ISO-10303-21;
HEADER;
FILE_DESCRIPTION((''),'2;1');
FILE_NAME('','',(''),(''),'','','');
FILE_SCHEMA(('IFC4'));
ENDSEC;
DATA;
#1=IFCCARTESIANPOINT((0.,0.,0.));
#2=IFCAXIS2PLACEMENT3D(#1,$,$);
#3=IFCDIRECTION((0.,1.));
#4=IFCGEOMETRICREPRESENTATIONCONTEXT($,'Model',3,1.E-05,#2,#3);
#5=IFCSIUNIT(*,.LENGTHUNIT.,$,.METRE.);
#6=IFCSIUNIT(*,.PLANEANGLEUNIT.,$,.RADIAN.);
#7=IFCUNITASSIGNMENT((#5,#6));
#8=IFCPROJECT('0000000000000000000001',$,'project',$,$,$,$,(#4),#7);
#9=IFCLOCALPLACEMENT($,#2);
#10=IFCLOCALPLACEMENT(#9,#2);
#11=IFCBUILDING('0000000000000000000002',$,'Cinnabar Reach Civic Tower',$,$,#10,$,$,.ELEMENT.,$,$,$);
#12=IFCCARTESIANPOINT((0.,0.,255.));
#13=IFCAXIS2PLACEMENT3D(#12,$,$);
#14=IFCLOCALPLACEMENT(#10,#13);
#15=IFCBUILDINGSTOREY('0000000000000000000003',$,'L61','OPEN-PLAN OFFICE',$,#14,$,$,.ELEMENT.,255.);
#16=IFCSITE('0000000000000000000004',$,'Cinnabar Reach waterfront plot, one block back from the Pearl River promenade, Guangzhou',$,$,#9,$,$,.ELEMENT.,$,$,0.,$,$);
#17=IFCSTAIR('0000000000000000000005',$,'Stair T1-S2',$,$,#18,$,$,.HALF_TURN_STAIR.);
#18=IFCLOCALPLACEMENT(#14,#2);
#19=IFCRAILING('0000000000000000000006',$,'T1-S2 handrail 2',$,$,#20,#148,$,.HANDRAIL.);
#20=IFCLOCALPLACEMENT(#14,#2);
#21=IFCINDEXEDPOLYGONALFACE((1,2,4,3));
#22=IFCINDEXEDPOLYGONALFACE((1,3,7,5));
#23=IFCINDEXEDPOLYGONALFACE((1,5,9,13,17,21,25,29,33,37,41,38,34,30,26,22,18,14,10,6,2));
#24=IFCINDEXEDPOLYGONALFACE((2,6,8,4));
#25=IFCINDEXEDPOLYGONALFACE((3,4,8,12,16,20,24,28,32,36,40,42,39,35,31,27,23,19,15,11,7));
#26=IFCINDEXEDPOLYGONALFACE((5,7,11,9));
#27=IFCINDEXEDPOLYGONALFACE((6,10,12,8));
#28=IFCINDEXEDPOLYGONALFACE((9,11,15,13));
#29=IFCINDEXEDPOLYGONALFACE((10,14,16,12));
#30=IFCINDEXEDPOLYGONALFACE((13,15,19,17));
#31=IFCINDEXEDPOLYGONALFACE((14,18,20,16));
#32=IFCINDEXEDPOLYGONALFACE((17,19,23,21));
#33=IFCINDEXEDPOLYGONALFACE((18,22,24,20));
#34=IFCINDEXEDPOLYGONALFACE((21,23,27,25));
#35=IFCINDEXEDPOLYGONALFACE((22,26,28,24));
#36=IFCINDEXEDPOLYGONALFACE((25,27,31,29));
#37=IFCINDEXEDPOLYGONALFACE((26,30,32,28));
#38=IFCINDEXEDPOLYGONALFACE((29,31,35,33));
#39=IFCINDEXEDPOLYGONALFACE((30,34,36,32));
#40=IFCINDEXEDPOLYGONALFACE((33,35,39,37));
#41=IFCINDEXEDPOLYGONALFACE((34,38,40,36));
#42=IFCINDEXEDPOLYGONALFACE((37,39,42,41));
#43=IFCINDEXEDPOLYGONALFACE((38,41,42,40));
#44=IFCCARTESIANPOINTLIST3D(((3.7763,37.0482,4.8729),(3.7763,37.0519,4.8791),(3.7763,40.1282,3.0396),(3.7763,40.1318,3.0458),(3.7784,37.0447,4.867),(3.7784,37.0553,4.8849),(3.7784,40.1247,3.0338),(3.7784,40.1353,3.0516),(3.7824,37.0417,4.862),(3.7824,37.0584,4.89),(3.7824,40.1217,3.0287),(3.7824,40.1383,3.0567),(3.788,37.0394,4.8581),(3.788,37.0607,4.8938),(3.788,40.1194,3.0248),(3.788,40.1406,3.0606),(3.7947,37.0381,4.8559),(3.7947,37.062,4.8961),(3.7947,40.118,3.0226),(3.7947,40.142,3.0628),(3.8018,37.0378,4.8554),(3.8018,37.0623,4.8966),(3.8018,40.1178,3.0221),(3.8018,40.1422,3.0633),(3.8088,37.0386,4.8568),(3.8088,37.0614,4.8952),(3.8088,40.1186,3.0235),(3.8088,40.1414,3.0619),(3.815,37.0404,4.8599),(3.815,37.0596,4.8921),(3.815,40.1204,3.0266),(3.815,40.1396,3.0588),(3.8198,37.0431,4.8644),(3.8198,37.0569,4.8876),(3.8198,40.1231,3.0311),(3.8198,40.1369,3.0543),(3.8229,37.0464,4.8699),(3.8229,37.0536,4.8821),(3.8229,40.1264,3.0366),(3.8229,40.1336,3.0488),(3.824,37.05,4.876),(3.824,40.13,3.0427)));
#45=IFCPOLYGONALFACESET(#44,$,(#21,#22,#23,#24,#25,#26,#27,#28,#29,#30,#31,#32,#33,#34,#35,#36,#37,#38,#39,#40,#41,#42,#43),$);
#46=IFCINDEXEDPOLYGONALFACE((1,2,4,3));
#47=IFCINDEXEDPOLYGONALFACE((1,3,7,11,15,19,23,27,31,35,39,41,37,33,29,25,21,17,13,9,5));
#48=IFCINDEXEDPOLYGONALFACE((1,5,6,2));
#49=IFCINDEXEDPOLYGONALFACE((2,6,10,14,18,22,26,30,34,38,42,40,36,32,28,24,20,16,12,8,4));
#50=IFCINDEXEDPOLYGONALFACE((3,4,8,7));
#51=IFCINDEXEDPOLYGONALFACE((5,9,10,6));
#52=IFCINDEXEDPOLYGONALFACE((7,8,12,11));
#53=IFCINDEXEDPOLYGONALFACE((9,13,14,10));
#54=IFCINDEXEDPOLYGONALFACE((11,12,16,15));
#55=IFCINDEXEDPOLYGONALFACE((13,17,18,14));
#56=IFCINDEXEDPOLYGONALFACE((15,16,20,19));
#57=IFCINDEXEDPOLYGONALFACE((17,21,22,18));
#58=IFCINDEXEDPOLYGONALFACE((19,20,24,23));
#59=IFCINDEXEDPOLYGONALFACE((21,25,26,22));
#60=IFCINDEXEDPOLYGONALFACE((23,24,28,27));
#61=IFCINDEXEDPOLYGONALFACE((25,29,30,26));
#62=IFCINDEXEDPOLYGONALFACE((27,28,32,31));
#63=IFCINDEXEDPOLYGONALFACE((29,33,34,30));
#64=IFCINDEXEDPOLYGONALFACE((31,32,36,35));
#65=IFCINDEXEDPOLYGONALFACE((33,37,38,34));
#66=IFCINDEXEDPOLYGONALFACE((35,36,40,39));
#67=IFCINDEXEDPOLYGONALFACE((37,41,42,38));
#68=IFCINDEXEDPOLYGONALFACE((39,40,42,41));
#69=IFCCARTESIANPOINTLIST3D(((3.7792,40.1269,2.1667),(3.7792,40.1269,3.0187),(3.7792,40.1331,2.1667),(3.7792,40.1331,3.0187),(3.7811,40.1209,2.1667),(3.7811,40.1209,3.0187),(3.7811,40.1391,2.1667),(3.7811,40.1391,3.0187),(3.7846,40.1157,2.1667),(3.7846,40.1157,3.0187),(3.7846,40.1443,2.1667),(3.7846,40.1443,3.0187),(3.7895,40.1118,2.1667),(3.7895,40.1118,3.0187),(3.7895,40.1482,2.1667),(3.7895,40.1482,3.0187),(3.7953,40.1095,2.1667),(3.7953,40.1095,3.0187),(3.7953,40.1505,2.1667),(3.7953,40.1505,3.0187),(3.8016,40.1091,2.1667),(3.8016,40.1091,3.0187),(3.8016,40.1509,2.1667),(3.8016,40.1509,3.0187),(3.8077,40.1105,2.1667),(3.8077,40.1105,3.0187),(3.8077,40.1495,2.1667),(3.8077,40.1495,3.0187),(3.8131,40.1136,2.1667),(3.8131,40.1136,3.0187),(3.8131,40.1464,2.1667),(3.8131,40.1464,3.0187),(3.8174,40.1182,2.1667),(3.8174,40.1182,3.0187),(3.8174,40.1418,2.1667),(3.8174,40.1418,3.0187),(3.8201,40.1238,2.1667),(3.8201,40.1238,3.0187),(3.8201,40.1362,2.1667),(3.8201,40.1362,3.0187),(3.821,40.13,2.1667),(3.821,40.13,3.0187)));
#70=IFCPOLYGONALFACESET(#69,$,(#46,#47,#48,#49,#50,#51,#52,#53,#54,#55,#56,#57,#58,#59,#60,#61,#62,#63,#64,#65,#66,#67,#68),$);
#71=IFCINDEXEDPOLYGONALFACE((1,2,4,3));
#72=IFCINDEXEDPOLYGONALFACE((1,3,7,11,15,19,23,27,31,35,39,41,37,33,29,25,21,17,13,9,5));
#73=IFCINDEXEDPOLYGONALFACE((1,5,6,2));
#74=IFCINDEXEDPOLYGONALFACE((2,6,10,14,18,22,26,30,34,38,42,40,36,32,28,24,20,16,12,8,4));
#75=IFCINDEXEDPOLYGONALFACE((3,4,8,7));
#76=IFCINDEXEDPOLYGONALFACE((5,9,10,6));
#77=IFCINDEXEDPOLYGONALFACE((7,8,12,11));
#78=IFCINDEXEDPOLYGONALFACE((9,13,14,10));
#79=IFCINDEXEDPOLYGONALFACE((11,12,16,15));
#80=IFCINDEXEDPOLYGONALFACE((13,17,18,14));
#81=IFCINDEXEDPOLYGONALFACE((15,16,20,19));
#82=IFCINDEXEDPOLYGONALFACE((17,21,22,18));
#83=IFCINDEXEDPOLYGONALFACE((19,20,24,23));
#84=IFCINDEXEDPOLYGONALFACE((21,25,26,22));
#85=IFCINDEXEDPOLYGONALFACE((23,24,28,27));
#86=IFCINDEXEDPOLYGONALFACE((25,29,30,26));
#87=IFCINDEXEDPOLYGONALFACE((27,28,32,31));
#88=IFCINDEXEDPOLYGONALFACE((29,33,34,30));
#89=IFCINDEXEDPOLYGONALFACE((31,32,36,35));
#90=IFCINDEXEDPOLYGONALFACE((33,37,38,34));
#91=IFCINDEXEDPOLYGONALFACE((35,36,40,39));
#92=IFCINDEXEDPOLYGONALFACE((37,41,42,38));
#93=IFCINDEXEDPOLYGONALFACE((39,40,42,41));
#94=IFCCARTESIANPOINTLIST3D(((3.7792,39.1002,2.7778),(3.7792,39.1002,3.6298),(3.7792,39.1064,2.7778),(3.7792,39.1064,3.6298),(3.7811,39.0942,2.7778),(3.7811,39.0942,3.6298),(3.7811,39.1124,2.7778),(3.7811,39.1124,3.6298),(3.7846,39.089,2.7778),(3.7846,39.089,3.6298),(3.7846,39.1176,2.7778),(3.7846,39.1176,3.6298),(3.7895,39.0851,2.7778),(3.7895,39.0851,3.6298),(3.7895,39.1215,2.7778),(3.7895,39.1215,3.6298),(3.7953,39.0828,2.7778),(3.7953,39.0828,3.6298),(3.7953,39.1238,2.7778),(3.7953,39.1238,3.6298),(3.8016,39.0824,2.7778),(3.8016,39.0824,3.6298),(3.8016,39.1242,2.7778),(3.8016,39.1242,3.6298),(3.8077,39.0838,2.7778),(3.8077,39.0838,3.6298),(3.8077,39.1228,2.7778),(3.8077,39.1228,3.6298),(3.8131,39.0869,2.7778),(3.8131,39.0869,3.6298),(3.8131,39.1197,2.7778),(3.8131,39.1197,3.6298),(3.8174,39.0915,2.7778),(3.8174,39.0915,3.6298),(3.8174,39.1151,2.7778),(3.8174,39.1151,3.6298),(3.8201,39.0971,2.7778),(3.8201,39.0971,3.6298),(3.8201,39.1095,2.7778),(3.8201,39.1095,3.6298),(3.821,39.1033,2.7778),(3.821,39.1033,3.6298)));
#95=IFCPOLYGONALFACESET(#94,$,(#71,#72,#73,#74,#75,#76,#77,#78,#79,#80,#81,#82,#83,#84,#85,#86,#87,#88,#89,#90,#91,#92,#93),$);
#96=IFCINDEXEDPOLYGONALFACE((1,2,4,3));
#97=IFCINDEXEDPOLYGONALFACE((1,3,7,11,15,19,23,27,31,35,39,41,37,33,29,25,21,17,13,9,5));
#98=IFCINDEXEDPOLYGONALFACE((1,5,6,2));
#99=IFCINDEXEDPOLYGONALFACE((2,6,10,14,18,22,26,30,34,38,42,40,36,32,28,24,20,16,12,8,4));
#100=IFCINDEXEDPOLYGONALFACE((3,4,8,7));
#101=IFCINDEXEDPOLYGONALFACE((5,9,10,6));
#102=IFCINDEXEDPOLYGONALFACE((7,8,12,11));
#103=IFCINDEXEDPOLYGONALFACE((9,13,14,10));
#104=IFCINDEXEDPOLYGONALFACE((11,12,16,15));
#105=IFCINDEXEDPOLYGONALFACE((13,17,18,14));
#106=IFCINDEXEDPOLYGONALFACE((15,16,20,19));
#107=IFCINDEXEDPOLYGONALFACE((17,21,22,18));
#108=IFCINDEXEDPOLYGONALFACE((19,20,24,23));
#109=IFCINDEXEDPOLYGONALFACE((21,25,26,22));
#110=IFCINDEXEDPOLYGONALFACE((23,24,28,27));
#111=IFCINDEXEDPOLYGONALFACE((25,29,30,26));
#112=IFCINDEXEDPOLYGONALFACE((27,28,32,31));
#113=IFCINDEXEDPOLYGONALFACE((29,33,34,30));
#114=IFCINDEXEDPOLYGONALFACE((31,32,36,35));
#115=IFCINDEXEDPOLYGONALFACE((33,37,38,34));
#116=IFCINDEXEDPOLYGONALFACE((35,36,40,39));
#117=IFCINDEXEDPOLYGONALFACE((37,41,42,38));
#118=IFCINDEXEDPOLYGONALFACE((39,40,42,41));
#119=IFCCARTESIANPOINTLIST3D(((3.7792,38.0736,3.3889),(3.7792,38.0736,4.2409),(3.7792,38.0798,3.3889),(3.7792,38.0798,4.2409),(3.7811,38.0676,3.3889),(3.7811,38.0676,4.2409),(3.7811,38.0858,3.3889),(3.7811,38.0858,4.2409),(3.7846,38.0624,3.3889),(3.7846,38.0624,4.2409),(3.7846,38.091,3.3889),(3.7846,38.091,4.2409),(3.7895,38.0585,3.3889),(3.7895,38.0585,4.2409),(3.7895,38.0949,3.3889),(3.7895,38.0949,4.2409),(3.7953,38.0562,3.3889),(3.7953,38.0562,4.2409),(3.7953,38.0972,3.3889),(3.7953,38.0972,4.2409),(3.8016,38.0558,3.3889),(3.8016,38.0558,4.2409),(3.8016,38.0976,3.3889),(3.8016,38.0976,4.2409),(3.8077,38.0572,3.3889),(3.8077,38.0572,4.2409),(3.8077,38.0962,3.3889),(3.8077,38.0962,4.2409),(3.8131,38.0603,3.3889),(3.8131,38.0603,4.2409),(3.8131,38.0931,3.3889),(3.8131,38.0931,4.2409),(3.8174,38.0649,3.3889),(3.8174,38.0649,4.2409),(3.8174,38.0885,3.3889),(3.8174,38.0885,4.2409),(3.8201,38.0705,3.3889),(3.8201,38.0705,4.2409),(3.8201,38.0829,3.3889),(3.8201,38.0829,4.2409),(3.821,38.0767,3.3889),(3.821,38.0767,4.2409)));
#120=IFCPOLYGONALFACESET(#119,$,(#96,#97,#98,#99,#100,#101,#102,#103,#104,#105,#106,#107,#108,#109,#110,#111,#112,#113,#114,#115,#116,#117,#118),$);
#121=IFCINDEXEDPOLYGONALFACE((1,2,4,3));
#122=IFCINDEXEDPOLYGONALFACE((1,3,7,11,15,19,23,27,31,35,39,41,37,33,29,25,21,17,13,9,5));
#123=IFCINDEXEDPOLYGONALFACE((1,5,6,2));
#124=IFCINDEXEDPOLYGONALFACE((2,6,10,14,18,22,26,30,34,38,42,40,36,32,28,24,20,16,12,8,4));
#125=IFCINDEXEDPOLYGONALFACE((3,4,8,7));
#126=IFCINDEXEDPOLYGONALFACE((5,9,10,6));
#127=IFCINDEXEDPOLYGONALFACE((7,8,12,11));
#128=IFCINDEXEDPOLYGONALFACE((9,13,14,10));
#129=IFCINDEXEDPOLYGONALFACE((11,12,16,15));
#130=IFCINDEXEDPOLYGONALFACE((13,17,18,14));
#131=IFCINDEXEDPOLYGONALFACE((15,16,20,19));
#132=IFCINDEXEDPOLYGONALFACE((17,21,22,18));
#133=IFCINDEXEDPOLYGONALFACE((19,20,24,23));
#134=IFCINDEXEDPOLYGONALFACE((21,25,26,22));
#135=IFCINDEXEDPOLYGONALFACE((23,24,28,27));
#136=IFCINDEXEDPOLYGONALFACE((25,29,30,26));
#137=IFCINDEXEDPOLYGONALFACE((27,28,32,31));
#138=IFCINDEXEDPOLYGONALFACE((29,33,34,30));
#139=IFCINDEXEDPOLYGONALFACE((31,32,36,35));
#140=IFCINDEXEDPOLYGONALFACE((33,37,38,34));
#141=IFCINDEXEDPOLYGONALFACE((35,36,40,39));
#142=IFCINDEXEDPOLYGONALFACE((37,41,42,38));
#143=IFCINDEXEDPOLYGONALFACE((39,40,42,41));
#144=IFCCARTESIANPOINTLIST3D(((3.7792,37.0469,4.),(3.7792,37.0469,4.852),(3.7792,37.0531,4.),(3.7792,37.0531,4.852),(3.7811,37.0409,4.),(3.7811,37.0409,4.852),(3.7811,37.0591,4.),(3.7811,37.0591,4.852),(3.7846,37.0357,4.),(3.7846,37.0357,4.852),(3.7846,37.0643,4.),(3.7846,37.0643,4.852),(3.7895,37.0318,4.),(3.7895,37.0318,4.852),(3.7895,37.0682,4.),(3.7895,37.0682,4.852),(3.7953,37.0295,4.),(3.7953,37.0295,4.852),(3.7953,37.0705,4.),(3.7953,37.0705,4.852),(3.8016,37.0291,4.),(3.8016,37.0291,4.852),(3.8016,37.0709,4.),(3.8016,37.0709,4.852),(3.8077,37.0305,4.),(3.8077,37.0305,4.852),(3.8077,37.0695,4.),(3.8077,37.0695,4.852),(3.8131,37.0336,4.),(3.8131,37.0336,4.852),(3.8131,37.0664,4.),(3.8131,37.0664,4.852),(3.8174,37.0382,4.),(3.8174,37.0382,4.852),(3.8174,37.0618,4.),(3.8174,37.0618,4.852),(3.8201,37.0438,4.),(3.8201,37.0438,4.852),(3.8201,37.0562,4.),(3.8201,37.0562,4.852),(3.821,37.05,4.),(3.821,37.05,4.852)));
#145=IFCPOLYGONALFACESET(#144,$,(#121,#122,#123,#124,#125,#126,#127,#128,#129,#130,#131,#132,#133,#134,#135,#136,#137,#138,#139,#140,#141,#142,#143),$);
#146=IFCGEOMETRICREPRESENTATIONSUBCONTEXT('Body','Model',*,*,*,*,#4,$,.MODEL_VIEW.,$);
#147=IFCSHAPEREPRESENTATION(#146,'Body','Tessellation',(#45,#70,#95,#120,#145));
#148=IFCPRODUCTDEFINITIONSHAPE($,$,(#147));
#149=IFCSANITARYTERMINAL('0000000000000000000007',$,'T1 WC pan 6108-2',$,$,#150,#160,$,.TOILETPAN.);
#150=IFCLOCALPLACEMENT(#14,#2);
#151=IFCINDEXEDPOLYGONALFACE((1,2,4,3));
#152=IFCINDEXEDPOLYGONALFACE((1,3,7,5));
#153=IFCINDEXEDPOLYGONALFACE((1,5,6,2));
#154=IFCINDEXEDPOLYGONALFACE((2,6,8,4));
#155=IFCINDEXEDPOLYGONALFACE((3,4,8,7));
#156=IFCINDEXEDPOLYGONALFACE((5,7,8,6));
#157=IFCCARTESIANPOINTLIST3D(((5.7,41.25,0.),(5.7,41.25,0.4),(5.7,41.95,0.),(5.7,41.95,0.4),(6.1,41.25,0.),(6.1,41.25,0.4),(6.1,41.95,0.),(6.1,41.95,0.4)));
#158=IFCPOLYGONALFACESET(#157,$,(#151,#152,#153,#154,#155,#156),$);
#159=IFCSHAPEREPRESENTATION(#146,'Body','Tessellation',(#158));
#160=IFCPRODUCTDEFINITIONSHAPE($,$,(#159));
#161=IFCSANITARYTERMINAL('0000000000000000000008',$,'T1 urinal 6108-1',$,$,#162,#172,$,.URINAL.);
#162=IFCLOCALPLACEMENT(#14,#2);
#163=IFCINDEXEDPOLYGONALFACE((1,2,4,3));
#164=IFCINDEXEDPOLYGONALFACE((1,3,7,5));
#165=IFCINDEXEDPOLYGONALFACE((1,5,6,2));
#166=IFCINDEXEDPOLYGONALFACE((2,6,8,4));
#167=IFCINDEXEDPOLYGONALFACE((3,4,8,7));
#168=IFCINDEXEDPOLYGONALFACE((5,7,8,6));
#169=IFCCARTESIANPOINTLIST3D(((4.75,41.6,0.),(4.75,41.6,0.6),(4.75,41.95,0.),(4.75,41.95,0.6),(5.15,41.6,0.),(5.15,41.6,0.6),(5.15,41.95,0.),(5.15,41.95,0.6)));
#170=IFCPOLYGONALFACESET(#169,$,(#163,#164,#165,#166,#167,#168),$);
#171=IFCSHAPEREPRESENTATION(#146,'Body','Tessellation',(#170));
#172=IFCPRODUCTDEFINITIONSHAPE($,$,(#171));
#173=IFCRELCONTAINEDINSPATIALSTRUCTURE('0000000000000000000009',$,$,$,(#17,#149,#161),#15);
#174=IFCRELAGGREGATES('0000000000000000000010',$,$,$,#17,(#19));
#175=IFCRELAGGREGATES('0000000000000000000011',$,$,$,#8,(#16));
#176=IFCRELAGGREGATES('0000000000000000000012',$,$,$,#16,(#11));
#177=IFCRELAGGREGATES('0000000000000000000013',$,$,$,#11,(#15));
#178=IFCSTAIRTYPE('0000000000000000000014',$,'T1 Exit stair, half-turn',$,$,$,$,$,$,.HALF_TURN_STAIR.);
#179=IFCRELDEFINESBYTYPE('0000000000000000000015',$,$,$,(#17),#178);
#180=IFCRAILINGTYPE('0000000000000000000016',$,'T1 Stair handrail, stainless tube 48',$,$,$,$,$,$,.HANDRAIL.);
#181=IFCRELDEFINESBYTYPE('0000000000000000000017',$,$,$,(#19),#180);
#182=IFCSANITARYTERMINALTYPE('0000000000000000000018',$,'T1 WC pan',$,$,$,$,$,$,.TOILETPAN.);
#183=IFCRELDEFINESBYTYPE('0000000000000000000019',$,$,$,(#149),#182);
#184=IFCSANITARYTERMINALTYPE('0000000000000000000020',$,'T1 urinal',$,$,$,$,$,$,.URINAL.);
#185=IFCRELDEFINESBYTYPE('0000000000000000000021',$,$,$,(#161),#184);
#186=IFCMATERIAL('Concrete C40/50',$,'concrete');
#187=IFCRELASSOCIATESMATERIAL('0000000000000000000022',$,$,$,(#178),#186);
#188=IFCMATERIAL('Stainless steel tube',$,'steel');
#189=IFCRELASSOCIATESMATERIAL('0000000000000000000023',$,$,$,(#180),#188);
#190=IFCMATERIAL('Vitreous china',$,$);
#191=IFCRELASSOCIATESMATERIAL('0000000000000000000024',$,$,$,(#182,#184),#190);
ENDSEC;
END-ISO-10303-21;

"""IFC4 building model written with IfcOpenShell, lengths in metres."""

from ifc_helpers import new_model, si_unit, direction, frame, origin, origin_2d, place, context, subcontext, project, spatial, rectangle, circle, extrude, material, type_object, element, aggregate, save


model = new_model("IFC4")

# Units and contexts
model_context = context("Model", 3, precision=1e-05, world=origin(), true_north=direction((0.0, 1.0)))
body_context = subcontext(model_context, "Body", "Model", "MODEL_VIEW")
ifc_project = project(units=[si_unit("LENGTHUNIT", "METRE"), si_unit("PLANEANGLEUNIT", "RADIAN")], contexts=[model_context])

# Site, building, storey
site_placement = place(None, origin())
site = spatial("IfcSite", under=ifc_project, at=site_placement, Name="Cinnabar Reach waterfront plot, one block back from the Pearl River promenade, Guangzhou", CompositionType="ELEMENT", RefElevation=0.0)
building_placement = place(site_placement, origin())
building = spatial("IfcBuilding", under=site, at=building_placement, Name="Cinnabar Reach Civic Tower", CompositionType="ELEMENT")
storey_placement = place(building_placement, frame((0.0, 0.0, 255.0)))
storey = spatial("IfcBuildingStorey", under=building, at=storey_placement, Name="L61", Description="OPEN-PLAN OFFICE", CompositionType="ELEMENT", Elevation=255.0)

# Shared definitions
ifc_material_1 = material(Name="Concrete C40/50", Category="concrete")

# Stair, railing
stair_type = type_object("IfcStairType", Name="T1 Exit stair, half-turn", PredefinedType="HALF_TURN_STAIR", material=ifc_material_1)
stair_placement = place(storey_placement, origin())
stair = element("IfcStair", 1, at=stair_placement, inside=storey, type_object=stair_type, Name="Stair T1-S2", PredefinedType="HALF_TURN_STAIR")
ifc_material_2 = material(Name="Stainless steel tube", Category="steel")
railing_type = type_object("IfcRailingType", Name="T1 Stair handrail, stainless tube 48", PredefinedType="HANDRAIL", material=ifc_material_2)
railing_1_placement = place(storey_placement, frame((3.8, 40.13, 2.1667)))
railing_1 = element("IfcRailing", 2, at=railing_1_placement, type_object=railing_type, Name="T1-S2 handrail 2", PredefinedType="HANDRAIL", context=body_context, shape_type="SweptSolid", body=[
    extrude(circle(Radius=0.024, at=origin_2d()), frame((0.0, 0.0, 0.876), z_axis=(0.0, -0.859297, 0.511477), x_axis=(1.0, 0.0, 0.0)), (0.0, 0.0, 1.0), 3.5843),
    extrude(circle(Radius=0.021, at=origin_2d()), origin(), (0.0, 0.0, 1.0), 0.852),
    extrude(circle(Radius=0.021, at=origin_2d()), frame((0.0, -1.0267, 0.6111)), (0.0, 0.0, 1.0), 0.852),
    extrude(circle(Radius=0.021, at=origin_2d()), frame((0.0, -2.0533, 1.2222)), (0.0, 0.0, 1.0), 0.852),
    extrude(circle(Radius=0.021, at=origin_2d()), frame((0.0, -3.08, 1.8333)), (0.0, 0.0, 1.0), 0.852),
])
aggregate(stair, [railing_1])

# Sanitary terminals
ifc_material_3 = material(Name="Vitreous china")
sanitary_terminal_type_1 = type_object("IfcSanitaryTerminalType", Name="T1 WC pan", PredefinedType="TOILETPAN", material=ifc_material_3)
sanitary_terminal_1_placement = place(storey_placement, frame((5.9, 41.6, 0.0), z_axis=(0.0, 0.0, 1.0), x_axis=(1.0, 0.0, 0.0)))
element("IfcSanitaryTerminal", 3, at=sanitary_terminal_1_placement, inside=storey, type_object=sanitary_terminal_type_1, Name="T1 WC pan 6108-2", PredefinedType="TOILETPAN", context=body_context, shape_type="SweptSolid", body=[
    extrude(rectangle(XDim=0.4, YDim=0.7, at=origin_2d()), origin(), (0.0, 0.0, 1.0), 0.4),
])
sanitary_terminal_type_2 = type_object("IfcSanitaryTerminalType", Name="T1 urinal", PredefinedType="URINAL", material=ifc_material_3)
sanitary_terminal_2_placement = place(storey_placement, frame((4.95, 41.775, 0.0), z_axis=(0.0, 0.0, 1.0), x_axis=(1.0, 0.0, 0.0)))
element("IfcSanitaryTerminal", 4, at=sanitary_terminal_2_placement, inside=storey, type_object=sanitary_terminal_type_2, Name="T1 urinal 6108-1", PredefinedType="URINAL", context=body_context, shape_type="SweptSolid", body=[
    extrude(rectangle(XDim=0.4, YDim=0.35, at=origin_2d()), origin(), (0.0, 0.0, 1.0), 0.6),
])

save(model, "model.ifc")
